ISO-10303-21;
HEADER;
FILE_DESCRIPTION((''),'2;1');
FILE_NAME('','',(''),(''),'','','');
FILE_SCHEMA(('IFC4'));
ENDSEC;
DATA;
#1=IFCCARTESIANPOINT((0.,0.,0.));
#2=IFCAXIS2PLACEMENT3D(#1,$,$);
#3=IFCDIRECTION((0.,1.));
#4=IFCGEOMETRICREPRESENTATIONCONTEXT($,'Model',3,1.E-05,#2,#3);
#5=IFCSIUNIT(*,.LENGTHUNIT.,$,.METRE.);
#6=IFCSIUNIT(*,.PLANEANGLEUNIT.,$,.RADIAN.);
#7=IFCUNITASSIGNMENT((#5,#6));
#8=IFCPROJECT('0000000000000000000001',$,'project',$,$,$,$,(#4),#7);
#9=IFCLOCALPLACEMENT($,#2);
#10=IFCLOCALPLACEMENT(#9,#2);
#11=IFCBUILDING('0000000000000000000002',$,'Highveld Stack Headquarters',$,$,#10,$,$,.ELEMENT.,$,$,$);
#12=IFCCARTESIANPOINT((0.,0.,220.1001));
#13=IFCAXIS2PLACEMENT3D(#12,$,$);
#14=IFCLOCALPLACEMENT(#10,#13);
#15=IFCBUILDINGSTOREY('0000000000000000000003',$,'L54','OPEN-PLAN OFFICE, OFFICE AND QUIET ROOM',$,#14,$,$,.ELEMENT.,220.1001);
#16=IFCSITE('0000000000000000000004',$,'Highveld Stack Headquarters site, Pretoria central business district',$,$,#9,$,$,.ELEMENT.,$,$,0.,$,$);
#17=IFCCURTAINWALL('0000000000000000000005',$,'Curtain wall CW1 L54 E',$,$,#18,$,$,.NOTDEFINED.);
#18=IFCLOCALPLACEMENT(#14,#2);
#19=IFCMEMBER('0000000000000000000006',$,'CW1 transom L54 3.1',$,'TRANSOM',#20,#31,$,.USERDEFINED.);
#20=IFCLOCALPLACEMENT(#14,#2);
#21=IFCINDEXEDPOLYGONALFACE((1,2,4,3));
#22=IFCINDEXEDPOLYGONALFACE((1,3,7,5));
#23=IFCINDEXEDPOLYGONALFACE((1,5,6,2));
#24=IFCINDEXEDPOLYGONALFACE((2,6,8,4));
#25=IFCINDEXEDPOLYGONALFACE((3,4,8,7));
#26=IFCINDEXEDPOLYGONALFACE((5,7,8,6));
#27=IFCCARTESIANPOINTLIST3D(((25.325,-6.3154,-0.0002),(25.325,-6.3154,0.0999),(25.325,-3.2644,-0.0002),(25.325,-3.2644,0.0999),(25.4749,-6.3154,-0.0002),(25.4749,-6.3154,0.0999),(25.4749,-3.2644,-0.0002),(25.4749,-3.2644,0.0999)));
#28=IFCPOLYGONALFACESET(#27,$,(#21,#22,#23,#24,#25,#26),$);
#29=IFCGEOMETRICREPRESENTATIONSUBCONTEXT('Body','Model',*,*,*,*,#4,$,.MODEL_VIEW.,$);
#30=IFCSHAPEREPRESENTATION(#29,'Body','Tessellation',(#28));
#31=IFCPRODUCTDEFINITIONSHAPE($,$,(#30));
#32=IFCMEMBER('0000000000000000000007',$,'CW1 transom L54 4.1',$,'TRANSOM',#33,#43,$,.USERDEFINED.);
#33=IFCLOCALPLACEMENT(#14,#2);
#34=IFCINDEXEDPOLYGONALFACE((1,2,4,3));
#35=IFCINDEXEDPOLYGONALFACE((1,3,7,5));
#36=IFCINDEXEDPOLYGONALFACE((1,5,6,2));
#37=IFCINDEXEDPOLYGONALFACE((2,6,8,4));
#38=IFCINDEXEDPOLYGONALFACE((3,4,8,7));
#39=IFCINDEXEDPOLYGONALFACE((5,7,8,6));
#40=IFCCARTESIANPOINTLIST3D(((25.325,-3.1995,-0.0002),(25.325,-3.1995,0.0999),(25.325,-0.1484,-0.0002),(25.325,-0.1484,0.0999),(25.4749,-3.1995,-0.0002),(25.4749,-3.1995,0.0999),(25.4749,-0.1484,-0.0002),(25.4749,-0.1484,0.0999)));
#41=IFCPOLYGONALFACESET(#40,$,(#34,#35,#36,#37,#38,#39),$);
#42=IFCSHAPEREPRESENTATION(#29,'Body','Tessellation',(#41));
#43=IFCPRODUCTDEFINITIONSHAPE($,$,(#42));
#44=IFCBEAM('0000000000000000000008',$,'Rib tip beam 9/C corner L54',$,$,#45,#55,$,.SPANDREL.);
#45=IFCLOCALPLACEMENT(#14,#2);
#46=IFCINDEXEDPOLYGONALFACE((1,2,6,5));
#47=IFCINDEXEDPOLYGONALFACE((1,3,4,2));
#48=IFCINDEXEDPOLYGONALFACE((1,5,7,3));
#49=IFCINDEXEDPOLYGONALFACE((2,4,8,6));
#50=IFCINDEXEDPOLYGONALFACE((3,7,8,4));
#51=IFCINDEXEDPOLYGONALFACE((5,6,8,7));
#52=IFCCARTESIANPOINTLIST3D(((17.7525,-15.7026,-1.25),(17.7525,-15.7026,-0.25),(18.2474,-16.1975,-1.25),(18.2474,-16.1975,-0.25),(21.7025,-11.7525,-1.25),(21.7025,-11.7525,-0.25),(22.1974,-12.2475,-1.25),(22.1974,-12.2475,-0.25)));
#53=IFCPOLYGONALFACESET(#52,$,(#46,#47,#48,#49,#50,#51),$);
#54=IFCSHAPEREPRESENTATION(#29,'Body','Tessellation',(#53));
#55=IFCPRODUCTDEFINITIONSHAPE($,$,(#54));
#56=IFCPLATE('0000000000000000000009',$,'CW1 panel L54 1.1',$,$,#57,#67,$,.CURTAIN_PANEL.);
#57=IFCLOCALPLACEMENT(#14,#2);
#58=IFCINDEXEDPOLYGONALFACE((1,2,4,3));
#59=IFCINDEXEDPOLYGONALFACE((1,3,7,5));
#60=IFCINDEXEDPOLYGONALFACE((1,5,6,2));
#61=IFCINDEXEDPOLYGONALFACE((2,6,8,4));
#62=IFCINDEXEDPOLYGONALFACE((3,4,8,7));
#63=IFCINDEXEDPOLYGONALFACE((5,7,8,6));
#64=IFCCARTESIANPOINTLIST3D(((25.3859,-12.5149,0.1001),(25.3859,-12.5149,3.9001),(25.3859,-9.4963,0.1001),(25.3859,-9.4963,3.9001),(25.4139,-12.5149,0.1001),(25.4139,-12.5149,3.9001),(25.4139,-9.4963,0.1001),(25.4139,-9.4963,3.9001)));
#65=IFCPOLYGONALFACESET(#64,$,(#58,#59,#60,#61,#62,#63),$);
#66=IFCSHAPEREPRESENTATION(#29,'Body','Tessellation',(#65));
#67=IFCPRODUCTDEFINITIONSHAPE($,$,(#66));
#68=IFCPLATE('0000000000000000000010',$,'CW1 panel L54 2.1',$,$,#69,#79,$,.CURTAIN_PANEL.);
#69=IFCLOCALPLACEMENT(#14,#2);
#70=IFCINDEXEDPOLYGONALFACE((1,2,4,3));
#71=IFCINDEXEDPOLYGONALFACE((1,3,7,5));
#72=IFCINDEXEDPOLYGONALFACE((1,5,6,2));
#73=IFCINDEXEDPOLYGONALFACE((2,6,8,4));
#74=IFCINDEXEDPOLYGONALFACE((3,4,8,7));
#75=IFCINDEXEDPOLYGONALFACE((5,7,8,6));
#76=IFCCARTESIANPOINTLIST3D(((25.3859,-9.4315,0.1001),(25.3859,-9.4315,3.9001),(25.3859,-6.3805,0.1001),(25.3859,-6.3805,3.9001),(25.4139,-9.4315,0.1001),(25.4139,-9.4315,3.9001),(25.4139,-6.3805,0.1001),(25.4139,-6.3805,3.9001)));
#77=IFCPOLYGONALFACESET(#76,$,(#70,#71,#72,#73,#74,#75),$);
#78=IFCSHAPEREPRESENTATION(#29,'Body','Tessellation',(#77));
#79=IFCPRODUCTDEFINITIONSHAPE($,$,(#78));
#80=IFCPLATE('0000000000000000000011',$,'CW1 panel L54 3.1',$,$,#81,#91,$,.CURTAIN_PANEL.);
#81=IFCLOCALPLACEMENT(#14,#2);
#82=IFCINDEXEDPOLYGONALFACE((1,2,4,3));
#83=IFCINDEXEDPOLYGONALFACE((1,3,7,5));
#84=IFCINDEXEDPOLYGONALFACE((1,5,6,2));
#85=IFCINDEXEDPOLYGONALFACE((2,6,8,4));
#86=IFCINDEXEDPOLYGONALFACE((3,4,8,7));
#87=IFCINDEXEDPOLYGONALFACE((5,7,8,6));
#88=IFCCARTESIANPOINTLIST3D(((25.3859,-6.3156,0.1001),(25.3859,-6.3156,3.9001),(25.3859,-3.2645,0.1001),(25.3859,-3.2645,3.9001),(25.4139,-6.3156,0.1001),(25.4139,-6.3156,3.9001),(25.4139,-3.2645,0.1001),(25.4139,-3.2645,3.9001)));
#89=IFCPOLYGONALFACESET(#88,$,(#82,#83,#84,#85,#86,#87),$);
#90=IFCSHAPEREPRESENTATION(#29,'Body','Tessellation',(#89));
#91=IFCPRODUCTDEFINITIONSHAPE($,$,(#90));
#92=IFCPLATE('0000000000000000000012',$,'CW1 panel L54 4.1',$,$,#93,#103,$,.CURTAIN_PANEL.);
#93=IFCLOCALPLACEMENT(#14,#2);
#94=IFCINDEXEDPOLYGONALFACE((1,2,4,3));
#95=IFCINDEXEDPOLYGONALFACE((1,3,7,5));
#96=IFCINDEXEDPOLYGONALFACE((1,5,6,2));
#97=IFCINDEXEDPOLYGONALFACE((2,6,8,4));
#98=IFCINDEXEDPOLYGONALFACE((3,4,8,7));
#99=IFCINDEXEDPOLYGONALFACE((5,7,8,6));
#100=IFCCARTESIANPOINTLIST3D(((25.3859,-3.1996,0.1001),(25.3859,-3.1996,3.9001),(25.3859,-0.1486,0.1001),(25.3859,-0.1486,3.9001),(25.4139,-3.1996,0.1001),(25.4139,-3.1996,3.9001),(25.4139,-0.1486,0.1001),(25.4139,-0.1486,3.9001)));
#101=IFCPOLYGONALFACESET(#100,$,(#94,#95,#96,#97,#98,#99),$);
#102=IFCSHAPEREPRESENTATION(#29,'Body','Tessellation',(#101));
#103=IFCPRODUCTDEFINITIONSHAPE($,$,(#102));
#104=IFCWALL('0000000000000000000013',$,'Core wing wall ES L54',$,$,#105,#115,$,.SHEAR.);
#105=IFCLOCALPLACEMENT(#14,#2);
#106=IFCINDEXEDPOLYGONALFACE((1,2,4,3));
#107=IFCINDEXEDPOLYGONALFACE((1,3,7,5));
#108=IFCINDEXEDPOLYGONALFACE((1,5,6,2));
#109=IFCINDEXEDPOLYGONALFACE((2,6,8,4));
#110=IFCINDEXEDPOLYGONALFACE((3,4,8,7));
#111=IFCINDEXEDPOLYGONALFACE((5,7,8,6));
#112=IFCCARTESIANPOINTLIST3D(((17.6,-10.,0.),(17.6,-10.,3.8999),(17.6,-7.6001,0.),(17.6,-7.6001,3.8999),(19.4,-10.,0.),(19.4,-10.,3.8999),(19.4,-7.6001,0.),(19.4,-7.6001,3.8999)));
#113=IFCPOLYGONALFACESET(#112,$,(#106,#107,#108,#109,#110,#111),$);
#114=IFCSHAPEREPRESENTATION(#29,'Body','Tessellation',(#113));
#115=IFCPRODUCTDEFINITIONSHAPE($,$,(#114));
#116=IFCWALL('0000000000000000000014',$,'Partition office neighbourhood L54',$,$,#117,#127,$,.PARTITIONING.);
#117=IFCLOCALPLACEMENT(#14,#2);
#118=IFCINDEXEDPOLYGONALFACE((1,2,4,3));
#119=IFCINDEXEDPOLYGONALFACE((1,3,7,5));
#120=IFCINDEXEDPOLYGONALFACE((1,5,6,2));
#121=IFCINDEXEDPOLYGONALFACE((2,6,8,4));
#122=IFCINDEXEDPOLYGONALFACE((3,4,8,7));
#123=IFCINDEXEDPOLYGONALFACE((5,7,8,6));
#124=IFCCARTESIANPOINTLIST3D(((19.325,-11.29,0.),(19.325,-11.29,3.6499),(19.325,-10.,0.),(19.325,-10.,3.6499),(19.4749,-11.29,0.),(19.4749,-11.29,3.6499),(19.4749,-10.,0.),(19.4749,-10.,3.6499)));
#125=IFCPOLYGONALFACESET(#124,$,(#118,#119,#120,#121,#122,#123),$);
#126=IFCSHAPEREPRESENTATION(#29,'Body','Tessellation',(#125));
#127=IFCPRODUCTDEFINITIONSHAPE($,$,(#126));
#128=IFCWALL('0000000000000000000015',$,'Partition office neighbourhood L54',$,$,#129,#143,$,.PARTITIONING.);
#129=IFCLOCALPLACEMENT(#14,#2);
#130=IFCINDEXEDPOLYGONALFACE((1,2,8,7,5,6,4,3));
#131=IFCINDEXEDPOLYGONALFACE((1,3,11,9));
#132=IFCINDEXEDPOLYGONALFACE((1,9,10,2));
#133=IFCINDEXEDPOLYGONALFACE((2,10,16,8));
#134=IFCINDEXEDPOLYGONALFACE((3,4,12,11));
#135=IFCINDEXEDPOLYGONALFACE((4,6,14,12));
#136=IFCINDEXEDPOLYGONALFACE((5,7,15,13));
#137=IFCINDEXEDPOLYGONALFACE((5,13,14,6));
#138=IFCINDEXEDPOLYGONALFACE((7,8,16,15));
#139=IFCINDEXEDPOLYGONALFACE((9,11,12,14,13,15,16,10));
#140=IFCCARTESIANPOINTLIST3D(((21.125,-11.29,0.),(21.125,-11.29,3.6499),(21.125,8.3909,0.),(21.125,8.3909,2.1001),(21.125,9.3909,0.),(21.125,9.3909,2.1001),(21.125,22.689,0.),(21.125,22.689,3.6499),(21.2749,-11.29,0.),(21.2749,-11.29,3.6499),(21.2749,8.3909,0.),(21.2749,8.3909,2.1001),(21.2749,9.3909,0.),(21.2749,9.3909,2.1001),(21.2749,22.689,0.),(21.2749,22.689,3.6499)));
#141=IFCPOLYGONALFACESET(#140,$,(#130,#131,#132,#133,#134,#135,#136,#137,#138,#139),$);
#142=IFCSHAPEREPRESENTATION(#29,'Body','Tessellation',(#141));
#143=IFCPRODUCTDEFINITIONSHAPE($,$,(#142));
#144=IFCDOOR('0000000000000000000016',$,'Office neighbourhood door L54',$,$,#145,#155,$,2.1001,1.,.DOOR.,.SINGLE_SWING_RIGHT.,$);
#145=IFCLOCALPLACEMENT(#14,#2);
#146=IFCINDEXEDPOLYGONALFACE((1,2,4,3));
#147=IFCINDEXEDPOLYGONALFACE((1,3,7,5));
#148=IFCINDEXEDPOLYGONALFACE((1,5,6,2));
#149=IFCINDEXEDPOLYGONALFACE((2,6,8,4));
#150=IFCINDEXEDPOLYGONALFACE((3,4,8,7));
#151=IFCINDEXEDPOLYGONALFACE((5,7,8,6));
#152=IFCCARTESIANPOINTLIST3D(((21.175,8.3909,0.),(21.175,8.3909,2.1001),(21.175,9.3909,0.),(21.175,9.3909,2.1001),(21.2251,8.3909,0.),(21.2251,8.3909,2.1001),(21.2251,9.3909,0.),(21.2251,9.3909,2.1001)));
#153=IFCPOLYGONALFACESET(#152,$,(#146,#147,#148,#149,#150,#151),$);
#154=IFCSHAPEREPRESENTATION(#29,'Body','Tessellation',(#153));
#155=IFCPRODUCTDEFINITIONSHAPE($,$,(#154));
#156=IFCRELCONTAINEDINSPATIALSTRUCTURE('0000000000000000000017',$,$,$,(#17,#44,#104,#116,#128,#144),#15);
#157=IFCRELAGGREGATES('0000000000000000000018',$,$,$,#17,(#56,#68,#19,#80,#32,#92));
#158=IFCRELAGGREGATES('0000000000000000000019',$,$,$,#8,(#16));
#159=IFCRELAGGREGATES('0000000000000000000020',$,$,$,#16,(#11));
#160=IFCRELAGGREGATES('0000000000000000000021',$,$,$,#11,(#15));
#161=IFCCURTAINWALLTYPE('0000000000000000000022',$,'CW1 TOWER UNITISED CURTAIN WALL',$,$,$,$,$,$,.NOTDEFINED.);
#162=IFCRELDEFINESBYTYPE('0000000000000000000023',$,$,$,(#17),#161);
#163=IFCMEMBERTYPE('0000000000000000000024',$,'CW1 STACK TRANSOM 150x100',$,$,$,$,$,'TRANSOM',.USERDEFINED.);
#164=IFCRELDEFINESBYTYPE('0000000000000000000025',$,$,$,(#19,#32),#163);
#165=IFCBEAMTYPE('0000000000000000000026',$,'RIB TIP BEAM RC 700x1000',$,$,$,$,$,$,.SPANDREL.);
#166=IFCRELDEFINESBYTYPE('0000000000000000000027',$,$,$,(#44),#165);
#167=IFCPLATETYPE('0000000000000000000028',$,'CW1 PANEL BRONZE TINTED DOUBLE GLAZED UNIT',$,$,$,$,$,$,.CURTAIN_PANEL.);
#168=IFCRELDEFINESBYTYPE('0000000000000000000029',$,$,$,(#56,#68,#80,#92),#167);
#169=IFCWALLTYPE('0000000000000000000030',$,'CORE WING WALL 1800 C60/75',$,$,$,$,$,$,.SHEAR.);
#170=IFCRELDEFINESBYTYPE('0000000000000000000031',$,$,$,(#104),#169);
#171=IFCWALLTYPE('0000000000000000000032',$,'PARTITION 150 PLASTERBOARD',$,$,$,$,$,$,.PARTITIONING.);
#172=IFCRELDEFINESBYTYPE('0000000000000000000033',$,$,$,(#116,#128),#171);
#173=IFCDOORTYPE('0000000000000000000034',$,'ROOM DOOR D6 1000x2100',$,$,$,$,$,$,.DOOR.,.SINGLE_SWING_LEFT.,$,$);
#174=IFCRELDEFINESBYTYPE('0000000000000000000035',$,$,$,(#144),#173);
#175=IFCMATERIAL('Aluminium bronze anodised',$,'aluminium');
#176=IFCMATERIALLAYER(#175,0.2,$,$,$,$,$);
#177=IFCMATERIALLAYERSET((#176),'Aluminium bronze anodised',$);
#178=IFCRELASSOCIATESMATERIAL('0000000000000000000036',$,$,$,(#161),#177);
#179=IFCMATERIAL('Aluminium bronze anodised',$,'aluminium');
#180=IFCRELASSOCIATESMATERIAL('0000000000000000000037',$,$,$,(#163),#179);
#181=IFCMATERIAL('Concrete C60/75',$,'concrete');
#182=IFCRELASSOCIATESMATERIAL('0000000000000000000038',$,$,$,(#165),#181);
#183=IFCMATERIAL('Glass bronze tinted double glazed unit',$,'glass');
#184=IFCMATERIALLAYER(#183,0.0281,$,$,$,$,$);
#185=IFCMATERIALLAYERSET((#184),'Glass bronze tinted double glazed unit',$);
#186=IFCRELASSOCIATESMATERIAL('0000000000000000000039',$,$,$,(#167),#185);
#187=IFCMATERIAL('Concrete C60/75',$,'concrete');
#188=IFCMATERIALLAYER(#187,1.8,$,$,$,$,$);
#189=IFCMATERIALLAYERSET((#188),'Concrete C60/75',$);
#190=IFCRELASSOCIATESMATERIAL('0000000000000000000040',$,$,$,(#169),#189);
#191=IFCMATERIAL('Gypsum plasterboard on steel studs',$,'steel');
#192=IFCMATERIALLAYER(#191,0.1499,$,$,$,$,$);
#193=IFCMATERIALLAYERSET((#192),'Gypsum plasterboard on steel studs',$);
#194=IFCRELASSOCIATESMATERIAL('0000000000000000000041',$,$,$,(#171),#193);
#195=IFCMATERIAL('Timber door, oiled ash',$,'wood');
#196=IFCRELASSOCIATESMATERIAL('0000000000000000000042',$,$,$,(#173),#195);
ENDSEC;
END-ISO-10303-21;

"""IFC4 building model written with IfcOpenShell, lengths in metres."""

from ifc_helpers import new_model, si_unit, direction, frame, frame_2d, origin, origin_2d, place, context, subcontext, project, spatial, rectangle, extrude, material, layer, layer_set, material_profile, profile_set, type_object, element, fill, aggregate, save


model = new_model("IFC4")

# Units and contexts
model_context = context("Model", 3, precision=1e-05, world=origin(), true_north=direction((0.0, 1.0)))
body_context = subcontext(model_context, "Body", "Model", "MODEL_VIEW")
ifc_project = project(units=[si_unit("LENGTHUNIT", "METRE"), si_unit("PLANEANGLEUNIT", "RADIAN")], contexts=[model_context])

# Site, building, storey
site_placement = place(None, origin())
site = spatial("IfcSite", under=ifc_project, at=site_placement, Name="Highveld Stack Headquarters site, Pretoria central business district", CompositionType="ELEMENT", RefElevation=0.0)
building_placement = place(site_placement, origin())
building = spatial("IfcBuilding", under=site, at=building_placement, Name="Highveld Stack Headquarters", CompositionType="ELEMENT")
storey_placement = place(building_placement, frame((0.0, 0.0, 220.1001)))
storey = spatial("IfcBuildingStorey", under=building, at=storey_placement, Name="L54", Description="OPEN-PLAN OFFICE, OFFICE AND QUIET ROOM", CompositionType="ELEMENT", Elevation=220.1001)

# Curtain wall, members
ifc_material_1 = material(Name="Aluminium bronze anodised", Category="aluminium")
ifc_layer_1 = layer(ifc_material_1, 0.2)
ifc_layer_set_1 = layer_set([ifc_layer_1], Name="Aluminium bronze anodised")
curtain_wall_type = type_object("IfcCurtainWallType", Name="CW1 TOWER UNITISED CURTAIN WALL", PredefinedType="NOTDEFINED", material=ifc_layer_set_1)
curtain_wall_placement = place(storey_placement, origin())
curtain_wall = element("IfcCurtainWall", 1, at=curtain_wall_placement, inside=storey, type_object=curtain_wall_type, Name="Curtain wall CW1 L54 E", PredefinedType="NOTDEFINED")
ifc_material_2 = material(Name="Aluminium bronze anodised", Category="aluminium")
ifc_material_profile_1 = material_profile(ifc_material_2, rectangle(XDim=0.1499, YDim=0.1001, at=origin_2d()), Name="CW1 TRANSOM 150x100")
ifc_profile_set_1 = profile_set([ifc_material_profile_1], Name="Aluminium bronze anodised")
member_type_1 = type_object("IfcMemberType", Name="CW1 STACK TRANSOM 150x100", ElementType="TRANSOM", PredefinedType="USERDEFINED", material=ifc_profile_set_1)
member_1_placement = place(storey_placement, frame((25.3999, -6.3154, 0.0498), z_axis=(0.0, 1.0, 0.0), x_axis=(-1.0, 0.0, 0.0)))
member_1 = element("IfcMember", 2, at=member_1_placement, type_object=member_type_1, Name="CW1 transom L54 3.1", ObjectType="TRANSOM", PredefinedType="USERDEFINED", context=body_context, shape_type="SweptSolid", body=[
    extrude(rectangle(XDim=0.1499, YDim=0.1001, at=origin_2d()), origin(), (0.0, 0.0, 1.0), 3.051),
])
member_2_placement = place(storey_placement, frame((25.3999, -3.1995, 0.0498), z_axis=(0.0, 1.0, 0.0), x_axis=(-1.0, 0.0, 0.0)))
member_2 = element("IfcMember", 3, at=member_2_placement, type_object=member_type_1, Name="CW1 transom L54 4.1", ObjectType="TRANSOM", PredefinedType="USERDEFINED", context=body_context, shape_type="SweptSolid", body=[
    extrude(rectangle(XDim=0.1499, YDim=0.1001, at=origin_2d()), origin(), (0.0, 0.0, 1.0), 3.051),
])

# Beam
ifc_material_3 = material(Name="Concrete C60/75", Category="concrete")
ifc_material_profile_2 = material_profile(ifc_material_3, rectangle(XDim=0.7, YDim=1.0, at=origin_2d()), Name="RC 700x1000")
ifc_profile_set_2 = profile_set([ifc_material_profile_2], Name="Concrete C60/75")
beam_type_1 = type_object("IfcBeamType", Name="RIB TIP BEAM RC 700x1000", PredefinedType="SPANDREL", material=ifc_profile_set_2)
beam_1_placement = place(storey_placement, frame((21.95, -12.0, -0.75), z_axis=(-0.707107, -0.707107, 0.0), x_axis=(0.707107, -0.707107, 0.0)))
element("IfcBeam", 4, at=beam_1_placement, inside=storey, type_object=beam_type_1, Name="Rib tip beam 9/C corner L54", PredefinedType="SPANDREL", context=body_context, shape_type="SweptSolid", body=[
    extrude(rectangle(XDim=0.7, YDim=1.0, at=origin_2d()), origin(), (0.0, 0.0, 1.0), 5.5862),
])

# Plates
ifc_material_4 = material(Name="Glass bronze tinted double glazed unit", Category="glass")
ifc_layer_2 = layer(ifc_material_4, 0.0281)
ifc_layer_set_2 = layer_set([ifc_layer_2], Name="Glass bronze tinted double glazed unit")
plate_type = type_object("IfcPlateType", Name="CW1 PANEL BRONZE TINTED DOUBLE GLAZED UNIT", PredefinedType="CURTAIN_PANEL", material=ifc_layer_set_2)
plate_1_placement = place(storey_placement, frame((25.3999, -11.0056, 0.1001), z_axis=(0.0, 0.0, 1.0), x_axis=(0.0, 1.0, 0.0)))
plate_1 = element("IfcPlate", 5, at=plate_1_placement, type_object=plate_type, Name="CW1 panel L54 1.1", PredefinedType="CURTAIN_PANEL", context=body_context, shape_type="SweptSolid", body=[
    extrude(rectangle(XDim=3.0186, YDim=0.0281, at=origin_2d()), origin(), (0.0, 0.0, 1.0), 3.8),
])
plate_2_placement = place(storey_placement, frame((25.3999, -7.906, 0.1001), z_axis=(0.0, 0.0, 1.0), x_axis=(0.0, 1.0, 0.0)))
plate_2 = element("IfcPlate", 6, at=plate_2_placement, type_object=plate_type, Name="CW1 panel L54 2.1", PredefinedType="CURTAIN_PANEL", context=body_context, shape_type="SweptSolid", body=[
    extrude(rectangle(XDim=3.051, YDim=0.0281, at=origin_2d()), origin(), (0.0, 0.0, 1.0), 3.8),
])
plate_3_placement = place(storey_placement, frame((25.3999, -4.79, 0.1001), z_axis=(0.0, 0.0, 1.0), x_axis=(0.0, 1.0, 0.0)))
plate_3 = element("IfcPlate", 7, at=plate_3_placement, type_object=plate_type, Name="CW1 panel L54 3.1", PredefinedType="CURTAIN_PANEL", context=body_context, shape_type="SweptSolid", body=[
    extrude(rectangle(XDim=3.051, YDim=0.0281, at=origin_2d()), origin(), (0.0, 0.0, 1.0), 3.8),
])
plate_4_placement = place(storey_placement, frame((25.3999, -1.6741, 0.1001), z_axis=(0.0, 0.0, 1.0), x_axis=(0.0, 1.0, 0.0)))
plate_4 = element("IfcPlate", 8, at=plate_4_placement, type_object=plate_type, Name="CW1 panel L54 4.1", PredefinedType="CURTAIN_PANEL", context=body_context, shape_type="SweptSolid", body=[
    extrude(rectangle(XDim=3.051, YDim=0.0281, at=origin_2d()), origin(), (0.0, 0.0, 1.0), 3.8),
])
aggregate(curtain_wall, [plate_1, plate_2, member_1, plate_3, member_2, plate_4])

# Walls
ifc_material_5 = material(Name="Concrete C60/75", Category="concrete")
ifc_layer_3 = layer(ifc_material_5, 1.8)
ifc_layer_set_3 = layer_set([ifc_layer_3], Name="Concrete C60/75")
wall_type_1 = type_object("IfcWallType", Name="CORE WING WALL 1800 C60/75", PredefinedType="SHEAR", material=ifc_layer_set_3)
wall_1_placement = place(storey_placement, frame((18.5, -10.0, 0.0), z_axis=(0.0, 0.0, 1.0), x_axis=(0.0, 1.0, 0.0)))
element("IfcWall", 9, at=wall_1_placement, inside=storey, type_object=wall_type_1, Name="Core wing wall ES L54", PredefinedType="SHEAR", context=body_context, shape_type="SweptSolid", body=[
    extrude(rectangle(XDim=2.3999, YDim=1.8, at=frame_2d((1.2, 0.0))), origin(), (0.0, 0.0, 1.0), 3.8999),
])
ifc_material_6 = material(Name="Gypsum plasterboard on steel studs", Category="steel")
ifc_layer_4 = layer(ifc_material_6, 0.1499)
ifc_layer_set_4 = layer_set([ifc_layer_4], Name="Gypsum plasterboard on steel studs")
wall_type_2 = type_object("IfcWallType", Name="PARTITION 150 PLASTERBOARD", PredefinedType="PARTITIONING", material=ifc_layer_set_4)
wall_2_placement = place(storey_placement, frame((19.3999, -11.29, 0.0), z_axis=(0.0, 0.0, 1.0), x_axis=(0.0, 1.0, 0.0)))
element("IfcWall", 10, at=wall_2_placement, inside=storey, type_object=wall_type_2, Name="Partition office neighbourhood L54", PredefinedType="PARTITIONING", context=body_context, shape_type="SweptSolid", body=[
    extrude(rectangle(XDim=1.29, YDim=0.1499, at=frame_2d((0.645, 0.0))), origin(), (0.0, 0.0, 1.0), 3.6499),
])

# Wall, opening, door
wall_3_placement = place(storey_placement, frame((21.2, -11.29, 0.0), z_axis=(0.0, 0.0, 1.0), x_axis=(0.0, 1.0, 0.0)))
wall_3 = element("IfcWall", 11, at=wall_3_placement, inside=storey, type_object=wall_type_2, Name="Partition office neighbourhood L54", PredefinedType="PARTITIONING", context=body_context, shape_type="SweptSolid", body=[
    extrude(rectangle(XDim=33.979, YDim=0.1499, at=frame_2d((16.9895, 0.0))), origin(), (0.0, 0.0, 1.0), 3.6499),
])
opening_1_placement = place(wall_3_placement, frame((19.6809, 0.0, 0.0)))
opening_1 = element("IfcOpeningElement", 12, at=opening_1_placement, cuts=wall_3, PredefinedType="OPENING", context=body_context, shape_type="SweptSolid", body=[
    extrude(rectangle(XDim=1.0, YDim=2.1001, at=frame_2d((0.5, 1.05))), frame((0.0, 0.085, 0.0), z_axis=(0.0, -1.0, 0.0), x_axis=(1.0, 0.0, 0.0)), (0.0, 0.0, 1.0), 0.1699),
])
ifc_material_7 = material(Name="Timber door, oiled ash", Category="wood")
door_type_1 = type_object("IfcDoorType", Name="ROOM DOOR D6 1000x2100", OperationType="SINGLE_SWING_LEFT", PredefinedType="DOOR", material=ifc_material_7)
door_1_placement = place(opening_1_placement, origin())
door_1 = element("IfcDoor", 13, at=door_1_placement, inside=storey, type_object=door_type_1, Name="Office neighbourhood door L54", OperationType="SINGLE_SWING_RIGHT", OverallHeight=2.1001, OverallWidth=1.0, PredefinedType="DOOR", context=body_context, shape_type="SweptSolid", body=[
    extrude(rectangle(XDim=1.0, YDim=2.1001, at=frame_2d((0.5, 1.05))), frame((0.0, 0.0249, 0.0), z_axis=(0.0, -1.0, 0.0), x_axis=(1.0, 0.0, 0.0)), (0.0, 0.0, 1.0), 0.05),
])
fill(opening_1, door_1)

save(model, "model.ifc")
